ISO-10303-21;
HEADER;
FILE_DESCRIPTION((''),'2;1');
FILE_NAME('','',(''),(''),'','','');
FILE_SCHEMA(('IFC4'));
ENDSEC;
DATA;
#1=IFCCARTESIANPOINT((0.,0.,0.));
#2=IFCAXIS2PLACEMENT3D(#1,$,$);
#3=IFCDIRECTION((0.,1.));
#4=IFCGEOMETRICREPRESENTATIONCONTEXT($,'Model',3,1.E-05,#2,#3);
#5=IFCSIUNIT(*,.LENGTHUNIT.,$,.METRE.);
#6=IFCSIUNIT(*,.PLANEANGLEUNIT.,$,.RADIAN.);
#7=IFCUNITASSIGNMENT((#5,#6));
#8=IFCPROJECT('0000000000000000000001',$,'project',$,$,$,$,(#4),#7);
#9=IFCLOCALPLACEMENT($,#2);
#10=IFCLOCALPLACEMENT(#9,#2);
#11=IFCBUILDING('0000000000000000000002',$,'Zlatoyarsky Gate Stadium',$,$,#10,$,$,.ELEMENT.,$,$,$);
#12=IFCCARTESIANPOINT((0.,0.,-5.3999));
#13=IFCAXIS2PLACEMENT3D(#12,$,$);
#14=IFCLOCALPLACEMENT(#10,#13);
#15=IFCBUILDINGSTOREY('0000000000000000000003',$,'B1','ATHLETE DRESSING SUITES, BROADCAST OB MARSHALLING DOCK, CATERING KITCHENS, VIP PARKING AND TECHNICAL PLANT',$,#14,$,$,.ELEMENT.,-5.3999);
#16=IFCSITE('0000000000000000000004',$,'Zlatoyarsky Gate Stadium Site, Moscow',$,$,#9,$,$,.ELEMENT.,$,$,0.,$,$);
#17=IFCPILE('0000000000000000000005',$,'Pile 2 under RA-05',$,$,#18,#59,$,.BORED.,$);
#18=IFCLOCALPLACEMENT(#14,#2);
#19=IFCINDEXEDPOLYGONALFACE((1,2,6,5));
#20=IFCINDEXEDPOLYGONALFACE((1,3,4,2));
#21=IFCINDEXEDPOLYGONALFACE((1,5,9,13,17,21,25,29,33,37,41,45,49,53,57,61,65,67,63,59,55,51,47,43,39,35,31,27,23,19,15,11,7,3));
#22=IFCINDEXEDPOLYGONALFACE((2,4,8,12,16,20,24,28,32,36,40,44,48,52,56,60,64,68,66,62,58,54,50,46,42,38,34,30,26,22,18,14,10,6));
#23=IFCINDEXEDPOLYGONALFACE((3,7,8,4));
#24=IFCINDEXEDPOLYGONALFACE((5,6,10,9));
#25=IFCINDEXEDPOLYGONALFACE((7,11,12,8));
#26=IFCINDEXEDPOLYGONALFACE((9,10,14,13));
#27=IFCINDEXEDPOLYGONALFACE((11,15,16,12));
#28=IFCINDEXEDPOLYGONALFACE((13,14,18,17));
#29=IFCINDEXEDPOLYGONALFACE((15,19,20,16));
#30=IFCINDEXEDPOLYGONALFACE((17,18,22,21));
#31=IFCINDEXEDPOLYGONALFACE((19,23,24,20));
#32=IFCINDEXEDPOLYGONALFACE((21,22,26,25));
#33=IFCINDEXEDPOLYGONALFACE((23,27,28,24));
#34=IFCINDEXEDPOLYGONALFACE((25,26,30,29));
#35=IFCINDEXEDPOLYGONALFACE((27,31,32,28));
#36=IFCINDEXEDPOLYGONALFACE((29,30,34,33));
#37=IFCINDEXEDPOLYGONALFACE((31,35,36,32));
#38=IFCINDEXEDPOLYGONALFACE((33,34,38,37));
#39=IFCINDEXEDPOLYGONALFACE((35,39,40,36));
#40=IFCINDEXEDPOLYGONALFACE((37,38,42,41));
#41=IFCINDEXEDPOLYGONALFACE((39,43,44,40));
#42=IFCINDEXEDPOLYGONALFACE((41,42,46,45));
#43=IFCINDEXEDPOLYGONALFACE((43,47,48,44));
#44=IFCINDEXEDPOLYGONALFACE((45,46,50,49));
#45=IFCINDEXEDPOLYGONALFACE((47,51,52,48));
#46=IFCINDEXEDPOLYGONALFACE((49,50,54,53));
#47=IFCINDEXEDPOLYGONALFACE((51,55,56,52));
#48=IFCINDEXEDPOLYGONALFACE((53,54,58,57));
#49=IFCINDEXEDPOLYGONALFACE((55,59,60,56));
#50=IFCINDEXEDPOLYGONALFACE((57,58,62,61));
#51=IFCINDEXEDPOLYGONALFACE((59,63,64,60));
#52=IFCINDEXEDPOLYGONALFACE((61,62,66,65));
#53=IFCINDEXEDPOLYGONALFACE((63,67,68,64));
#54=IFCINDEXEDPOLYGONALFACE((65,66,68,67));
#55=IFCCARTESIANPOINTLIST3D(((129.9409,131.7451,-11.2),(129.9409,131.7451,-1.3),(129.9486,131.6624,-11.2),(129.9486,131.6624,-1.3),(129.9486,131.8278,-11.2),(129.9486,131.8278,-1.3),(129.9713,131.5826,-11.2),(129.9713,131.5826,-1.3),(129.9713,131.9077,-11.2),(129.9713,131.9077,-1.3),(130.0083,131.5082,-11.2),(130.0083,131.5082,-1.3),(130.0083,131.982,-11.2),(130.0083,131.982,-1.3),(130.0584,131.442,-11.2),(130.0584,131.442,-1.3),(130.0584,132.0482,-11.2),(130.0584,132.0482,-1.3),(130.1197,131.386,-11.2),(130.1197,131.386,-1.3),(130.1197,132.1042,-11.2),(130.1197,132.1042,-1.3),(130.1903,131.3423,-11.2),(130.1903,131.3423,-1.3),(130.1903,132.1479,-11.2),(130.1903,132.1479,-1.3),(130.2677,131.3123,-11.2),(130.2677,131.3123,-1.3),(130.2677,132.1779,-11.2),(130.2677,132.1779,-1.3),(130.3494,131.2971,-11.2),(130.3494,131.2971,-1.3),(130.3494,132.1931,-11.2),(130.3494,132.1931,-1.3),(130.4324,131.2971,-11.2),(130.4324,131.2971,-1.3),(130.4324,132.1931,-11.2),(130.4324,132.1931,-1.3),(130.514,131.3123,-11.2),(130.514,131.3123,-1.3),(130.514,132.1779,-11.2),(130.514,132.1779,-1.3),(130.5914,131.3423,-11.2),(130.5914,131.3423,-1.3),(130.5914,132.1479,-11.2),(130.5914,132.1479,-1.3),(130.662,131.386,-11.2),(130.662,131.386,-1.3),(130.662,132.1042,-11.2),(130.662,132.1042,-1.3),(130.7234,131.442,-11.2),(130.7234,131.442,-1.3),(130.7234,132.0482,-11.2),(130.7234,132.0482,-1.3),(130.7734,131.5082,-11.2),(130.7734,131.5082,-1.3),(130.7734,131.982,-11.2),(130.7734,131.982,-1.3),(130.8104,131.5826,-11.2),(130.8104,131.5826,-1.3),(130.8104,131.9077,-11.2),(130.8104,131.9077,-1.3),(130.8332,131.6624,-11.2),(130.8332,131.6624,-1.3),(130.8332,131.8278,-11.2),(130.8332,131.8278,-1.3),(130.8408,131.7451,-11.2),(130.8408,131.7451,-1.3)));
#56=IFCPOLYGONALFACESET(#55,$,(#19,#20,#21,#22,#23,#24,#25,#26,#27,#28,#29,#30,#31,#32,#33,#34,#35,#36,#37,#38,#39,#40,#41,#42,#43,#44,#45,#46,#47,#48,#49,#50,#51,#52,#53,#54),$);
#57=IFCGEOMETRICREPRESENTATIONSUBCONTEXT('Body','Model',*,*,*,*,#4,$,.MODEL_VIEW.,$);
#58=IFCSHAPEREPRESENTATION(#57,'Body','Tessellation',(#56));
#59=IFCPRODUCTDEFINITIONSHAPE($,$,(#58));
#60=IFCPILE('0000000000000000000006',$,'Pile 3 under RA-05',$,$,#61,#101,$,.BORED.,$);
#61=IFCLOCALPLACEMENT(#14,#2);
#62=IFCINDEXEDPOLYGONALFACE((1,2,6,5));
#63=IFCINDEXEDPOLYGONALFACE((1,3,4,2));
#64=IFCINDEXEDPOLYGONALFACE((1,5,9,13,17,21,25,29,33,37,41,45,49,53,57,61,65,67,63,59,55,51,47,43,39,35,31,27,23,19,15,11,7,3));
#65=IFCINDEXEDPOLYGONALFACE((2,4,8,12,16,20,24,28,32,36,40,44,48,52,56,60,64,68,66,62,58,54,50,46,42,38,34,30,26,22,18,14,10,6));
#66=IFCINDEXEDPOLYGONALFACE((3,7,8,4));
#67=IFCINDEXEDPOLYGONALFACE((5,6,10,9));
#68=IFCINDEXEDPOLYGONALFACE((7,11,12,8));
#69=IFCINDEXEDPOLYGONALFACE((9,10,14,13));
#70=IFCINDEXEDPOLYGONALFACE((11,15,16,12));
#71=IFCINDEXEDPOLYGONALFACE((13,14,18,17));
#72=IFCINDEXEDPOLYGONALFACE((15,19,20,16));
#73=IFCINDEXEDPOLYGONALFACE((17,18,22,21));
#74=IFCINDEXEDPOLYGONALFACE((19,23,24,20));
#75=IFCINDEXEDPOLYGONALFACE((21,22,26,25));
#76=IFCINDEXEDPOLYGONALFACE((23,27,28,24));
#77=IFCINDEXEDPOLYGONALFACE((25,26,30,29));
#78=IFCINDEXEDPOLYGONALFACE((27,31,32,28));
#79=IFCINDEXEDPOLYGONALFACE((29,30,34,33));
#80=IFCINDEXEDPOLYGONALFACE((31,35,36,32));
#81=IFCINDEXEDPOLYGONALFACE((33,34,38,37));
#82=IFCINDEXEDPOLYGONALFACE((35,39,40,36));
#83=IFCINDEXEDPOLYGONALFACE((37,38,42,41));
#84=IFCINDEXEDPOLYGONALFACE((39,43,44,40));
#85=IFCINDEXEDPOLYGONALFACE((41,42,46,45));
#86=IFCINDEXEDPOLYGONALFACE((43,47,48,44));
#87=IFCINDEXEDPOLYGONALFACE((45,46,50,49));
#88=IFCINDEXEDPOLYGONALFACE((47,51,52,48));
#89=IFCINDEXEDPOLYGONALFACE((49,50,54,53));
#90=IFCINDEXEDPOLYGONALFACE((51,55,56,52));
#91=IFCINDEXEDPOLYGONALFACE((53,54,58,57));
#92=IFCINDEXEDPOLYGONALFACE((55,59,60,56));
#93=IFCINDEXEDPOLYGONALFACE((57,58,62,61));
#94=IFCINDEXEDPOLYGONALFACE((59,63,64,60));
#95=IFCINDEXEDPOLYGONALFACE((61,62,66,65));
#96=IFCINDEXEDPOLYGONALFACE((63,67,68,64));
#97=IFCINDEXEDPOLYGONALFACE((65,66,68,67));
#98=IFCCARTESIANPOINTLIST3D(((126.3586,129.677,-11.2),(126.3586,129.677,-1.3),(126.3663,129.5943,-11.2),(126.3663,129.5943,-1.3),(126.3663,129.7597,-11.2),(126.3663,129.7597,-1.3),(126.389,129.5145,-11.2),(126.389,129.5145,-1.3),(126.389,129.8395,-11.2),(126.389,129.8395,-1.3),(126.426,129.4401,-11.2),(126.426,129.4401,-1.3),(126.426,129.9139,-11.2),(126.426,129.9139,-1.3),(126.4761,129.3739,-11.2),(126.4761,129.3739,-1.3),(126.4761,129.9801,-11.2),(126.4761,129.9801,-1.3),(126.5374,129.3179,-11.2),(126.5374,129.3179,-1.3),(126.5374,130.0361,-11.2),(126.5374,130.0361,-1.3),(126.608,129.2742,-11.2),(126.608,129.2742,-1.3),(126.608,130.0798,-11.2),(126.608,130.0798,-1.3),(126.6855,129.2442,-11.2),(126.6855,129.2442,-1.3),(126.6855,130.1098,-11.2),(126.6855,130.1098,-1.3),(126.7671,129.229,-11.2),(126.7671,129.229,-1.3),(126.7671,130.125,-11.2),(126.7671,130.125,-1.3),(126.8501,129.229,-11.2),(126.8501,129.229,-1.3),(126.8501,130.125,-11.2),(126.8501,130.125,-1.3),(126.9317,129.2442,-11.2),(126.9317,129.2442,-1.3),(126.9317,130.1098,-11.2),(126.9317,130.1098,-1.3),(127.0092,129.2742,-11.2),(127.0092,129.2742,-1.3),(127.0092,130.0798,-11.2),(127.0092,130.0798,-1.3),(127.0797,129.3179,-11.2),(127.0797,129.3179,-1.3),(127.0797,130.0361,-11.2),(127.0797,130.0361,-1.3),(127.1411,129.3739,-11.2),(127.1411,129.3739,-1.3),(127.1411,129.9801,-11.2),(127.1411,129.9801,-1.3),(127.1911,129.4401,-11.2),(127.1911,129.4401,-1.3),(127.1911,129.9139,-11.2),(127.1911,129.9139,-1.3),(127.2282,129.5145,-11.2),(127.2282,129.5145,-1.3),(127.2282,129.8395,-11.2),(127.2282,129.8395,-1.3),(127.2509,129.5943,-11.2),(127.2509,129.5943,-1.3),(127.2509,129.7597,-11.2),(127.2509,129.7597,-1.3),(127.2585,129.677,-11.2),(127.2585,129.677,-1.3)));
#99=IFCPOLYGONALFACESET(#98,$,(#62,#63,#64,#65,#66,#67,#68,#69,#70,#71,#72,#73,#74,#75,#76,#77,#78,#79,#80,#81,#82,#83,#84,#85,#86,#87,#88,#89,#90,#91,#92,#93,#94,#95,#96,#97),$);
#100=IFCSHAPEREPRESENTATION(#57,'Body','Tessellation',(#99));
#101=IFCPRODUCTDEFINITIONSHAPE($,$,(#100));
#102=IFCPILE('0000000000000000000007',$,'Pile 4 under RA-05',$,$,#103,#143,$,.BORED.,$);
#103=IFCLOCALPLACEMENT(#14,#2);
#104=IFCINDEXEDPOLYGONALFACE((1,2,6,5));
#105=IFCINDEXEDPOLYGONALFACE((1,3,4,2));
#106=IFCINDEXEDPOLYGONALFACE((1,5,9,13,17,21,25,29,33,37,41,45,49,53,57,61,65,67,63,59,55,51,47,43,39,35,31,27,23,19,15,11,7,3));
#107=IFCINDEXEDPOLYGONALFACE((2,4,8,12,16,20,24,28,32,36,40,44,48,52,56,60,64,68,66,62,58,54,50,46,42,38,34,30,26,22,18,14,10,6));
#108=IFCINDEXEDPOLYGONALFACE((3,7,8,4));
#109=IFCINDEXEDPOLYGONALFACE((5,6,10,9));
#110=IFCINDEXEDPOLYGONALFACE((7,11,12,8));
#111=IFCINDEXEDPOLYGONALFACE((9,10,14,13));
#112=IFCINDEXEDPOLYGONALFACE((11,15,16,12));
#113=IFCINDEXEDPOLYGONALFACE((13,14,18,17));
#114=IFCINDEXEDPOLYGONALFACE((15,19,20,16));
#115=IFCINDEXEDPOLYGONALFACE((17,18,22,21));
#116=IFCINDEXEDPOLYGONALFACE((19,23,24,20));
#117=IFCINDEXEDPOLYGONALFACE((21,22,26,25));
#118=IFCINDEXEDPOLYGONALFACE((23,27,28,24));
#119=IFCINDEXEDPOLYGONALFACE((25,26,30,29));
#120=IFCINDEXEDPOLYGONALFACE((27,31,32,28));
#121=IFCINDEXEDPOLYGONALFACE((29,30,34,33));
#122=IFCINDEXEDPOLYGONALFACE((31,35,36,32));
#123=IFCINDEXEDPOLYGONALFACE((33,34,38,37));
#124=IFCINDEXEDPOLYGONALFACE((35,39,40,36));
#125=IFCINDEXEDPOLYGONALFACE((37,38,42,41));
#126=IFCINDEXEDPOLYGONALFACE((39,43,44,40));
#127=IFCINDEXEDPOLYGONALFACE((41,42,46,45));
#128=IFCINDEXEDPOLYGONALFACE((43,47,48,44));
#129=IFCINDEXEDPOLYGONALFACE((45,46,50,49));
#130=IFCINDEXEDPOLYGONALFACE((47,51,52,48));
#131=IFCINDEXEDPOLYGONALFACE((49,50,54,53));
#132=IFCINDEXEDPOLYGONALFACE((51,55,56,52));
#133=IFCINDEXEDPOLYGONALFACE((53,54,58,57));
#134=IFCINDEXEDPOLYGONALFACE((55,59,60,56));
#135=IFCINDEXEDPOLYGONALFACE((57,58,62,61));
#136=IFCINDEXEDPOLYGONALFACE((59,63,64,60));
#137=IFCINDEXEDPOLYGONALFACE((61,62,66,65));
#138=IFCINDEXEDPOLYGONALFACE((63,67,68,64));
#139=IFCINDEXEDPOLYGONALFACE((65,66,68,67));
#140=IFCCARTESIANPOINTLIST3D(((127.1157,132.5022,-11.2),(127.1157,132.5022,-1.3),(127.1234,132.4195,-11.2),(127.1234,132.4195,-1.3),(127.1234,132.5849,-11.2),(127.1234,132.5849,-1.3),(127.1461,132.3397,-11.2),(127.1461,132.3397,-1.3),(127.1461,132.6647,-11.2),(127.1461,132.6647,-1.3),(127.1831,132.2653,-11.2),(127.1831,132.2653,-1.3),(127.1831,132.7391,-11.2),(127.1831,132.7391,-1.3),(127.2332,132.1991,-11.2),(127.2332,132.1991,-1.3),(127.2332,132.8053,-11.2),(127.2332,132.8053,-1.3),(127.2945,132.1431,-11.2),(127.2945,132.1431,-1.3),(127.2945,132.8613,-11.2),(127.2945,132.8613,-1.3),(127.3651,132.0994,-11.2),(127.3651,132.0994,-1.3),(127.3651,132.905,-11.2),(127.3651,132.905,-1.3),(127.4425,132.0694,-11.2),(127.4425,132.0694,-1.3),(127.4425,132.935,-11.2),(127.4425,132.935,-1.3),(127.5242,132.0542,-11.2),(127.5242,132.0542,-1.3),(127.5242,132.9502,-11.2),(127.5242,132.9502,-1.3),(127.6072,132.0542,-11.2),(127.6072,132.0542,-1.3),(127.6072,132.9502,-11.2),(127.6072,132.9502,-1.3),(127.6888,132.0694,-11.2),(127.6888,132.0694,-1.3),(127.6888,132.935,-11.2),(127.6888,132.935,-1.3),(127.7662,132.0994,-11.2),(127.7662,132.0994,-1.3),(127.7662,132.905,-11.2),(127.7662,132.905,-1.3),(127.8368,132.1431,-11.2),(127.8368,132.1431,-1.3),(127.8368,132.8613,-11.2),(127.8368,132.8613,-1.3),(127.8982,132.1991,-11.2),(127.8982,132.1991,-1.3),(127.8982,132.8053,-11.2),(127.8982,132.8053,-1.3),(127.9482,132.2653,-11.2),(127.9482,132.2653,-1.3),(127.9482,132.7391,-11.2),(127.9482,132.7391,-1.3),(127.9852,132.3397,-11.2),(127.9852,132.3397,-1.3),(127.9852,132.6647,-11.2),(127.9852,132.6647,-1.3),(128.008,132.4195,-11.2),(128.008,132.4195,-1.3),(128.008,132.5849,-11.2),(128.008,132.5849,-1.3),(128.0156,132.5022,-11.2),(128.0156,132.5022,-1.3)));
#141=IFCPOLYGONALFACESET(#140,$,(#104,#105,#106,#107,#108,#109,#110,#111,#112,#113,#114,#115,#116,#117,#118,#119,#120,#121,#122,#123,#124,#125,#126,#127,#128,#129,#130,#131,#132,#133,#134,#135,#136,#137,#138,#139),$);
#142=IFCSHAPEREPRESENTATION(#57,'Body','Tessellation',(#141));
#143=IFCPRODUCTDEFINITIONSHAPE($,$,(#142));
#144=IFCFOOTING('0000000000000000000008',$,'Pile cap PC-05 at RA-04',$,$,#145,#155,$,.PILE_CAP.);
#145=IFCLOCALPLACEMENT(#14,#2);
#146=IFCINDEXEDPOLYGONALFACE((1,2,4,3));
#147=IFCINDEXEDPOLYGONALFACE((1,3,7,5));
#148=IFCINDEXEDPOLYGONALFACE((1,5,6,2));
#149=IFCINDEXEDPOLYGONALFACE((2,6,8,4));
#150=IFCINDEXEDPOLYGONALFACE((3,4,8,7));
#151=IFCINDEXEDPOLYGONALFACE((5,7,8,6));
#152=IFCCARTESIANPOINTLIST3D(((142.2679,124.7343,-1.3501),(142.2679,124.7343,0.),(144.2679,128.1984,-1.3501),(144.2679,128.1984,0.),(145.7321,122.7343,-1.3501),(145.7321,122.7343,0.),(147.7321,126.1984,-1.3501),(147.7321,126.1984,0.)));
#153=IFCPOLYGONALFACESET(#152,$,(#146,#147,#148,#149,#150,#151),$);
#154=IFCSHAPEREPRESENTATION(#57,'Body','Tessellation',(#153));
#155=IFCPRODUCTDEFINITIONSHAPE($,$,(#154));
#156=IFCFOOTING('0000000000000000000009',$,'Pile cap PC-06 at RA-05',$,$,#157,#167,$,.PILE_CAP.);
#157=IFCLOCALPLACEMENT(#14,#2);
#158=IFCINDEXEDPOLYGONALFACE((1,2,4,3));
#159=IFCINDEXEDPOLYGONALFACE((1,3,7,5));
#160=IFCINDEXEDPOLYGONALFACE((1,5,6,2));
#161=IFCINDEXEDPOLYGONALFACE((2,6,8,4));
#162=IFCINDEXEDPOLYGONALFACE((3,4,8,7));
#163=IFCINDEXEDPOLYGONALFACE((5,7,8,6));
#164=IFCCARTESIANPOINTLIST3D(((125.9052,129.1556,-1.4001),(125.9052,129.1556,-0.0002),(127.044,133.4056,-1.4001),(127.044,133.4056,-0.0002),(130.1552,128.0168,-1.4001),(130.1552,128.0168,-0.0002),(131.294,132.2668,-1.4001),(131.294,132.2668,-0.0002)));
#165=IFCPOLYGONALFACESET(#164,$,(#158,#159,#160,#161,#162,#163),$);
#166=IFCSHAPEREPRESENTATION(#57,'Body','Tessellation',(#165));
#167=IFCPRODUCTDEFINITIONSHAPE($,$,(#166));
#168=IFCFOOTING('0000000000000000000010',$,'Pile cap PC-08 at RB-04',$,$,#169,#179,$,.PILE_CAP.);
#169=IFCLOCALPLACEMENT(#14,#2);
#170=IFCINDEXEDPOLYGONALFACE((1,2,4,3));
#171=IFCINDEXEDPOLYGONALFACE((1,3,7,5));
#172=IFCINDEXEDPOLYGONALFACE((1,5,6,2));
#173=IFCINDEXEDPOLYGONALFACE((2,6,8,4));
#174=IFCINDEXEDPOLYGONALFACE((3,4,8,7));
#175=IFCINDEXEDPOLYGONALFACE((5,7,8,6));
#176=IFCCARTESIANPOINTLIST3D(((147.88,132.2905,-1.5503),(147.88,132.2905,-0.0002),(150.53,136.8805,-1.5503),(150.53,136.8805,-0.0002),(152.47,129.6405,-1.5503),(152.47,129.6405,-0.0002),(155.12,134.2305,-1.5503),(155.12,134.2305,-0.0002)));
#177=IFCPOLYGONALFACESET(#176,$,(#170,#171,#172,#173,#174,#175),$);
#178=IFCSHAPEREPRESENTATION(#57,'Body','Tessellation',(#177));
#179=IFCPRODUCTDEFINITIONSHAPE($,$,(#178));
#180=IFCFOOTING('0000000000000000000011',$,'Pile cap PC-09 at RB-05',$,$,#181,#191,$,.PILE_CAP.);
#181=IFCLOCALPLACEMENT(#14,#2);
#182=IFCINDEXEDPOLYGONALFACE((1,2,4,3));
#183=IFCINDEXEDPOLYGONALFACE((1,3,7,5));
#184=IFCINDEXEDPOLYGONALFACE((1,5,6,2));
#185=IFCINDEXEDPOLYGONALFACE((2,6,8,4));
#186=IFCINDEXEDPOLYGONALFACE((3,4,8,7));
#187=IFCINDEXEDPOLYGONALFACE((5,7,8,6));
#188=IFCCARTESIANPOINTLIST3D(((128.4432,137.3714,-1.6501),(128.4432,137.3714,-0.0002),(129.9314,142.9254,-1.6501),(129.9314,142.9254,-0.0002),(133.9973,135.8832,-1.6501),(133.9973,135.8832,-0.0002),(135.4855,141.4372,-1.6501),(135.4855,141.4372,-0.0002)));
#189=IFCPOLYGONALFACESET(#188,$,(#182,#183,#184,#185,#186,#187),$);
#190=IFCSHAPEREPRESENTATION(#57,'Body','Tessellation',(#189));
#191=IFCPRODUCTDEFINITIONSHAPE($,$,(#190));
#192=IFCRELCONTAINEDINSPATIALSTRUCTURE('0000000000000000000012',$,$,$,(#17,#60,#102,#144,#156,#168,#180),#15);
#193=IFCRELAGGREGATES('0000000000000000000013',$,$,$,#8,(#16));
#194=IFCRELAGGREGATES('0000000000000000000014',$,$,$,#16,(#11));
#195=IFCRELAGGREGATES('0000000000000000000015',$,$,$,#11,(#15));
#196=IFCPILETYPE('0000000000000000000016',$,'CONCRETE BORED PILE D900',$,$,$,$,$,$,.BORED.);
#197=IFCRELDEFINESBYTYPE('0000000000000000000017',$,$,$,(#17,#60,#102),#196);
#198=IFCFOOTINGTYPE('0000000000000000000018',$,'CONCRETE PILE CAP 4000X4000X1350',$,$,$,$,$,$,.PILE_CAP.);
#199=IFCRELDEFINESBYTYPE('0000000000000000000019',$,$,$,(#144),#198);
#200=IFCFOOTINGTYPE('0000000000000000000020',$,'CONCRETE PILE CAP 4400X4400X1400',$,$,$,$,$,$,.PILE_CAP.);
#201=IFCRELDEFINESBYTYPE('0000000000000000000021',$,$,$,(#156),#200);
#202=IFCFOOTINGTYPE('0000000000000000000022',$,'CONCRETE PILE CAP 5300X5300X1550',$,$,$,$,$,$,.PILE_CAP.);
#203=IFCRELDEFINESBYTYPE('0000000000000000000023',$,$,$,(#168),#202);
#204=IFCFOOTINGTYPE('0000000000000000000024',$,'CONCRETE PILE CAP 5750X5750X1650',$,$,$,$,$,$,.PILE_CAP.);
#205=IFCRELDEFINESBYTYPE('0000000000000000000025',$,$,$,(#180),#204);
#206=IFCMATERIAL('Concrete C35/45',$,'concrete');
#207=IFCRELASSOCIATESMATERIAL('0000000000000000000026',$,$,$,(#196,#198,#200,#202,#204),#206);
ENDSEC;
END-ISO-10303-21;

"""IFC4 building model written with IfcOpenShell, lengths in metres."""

from ifc_helpers import new_model, si_unit, direction, frame, origin, origin_2d, place, context, subcontext, project, spatial, rectangle, circle, extrude, material, material_profile, profile_set, type_object, element, save


model = new_model("IFC4")

# Units and contexts
model_context = context("Model", 3, precision=1e-05, world=origin(), true_north=direction((0.0, 1.0)))
body_context = subcontext(model_context, "Body", "Model", "MODEL_VIEW")
ifc_project = project(units=[si_unit("LENGTHUNIT", "METRE"), si_unit("PLANEANGLEUNIT", "RADIAN")], contexts=[model_context])

# Site, building, storey
site_placement = place(None, origin())
site = spatial("IfcSite", under=ifc_project, at=site_placement, Name="Zlatoyarsky Gate Stadium Site, Moscow", CompositionType="ELEMENT", RefElevation=0.0)
building_placement = place(site_placement, origin())
building = spatial("IfcBuilding", under=site, at=building_placement, Name="Zlatoyarsky Gate Stadium", CompositionType="ELEMENT")
storey_placement = place(building_placement, frame((0.0, 0.0, -5.3999)))
storey = spatial("IfcBuildingStorey", under=building, at=storey_placement, Name="B1", Description="ATHLETE DRESSING SUITES, BROADCAST OB MARSHALLING DOCK, CATERING KITCHENS, VIP PARKING AND TECHNICAL PLANT", CompositionType="ELEMENT", Elevation=-5.3999)

# Piles
ifc_material_1 = material(Name="Concrete C35/45", Category="concrete")
ifc_material_profile_1 = material_profile(ifc_material_1, circle(Radius=0.45, at=origin_2d()), Name="BORED PILE D900")
ifc_profile_set_1 = profile_set([ifc_material_profile_1], Name="Concrete C35/45")
pile_type_1 = type_object("IfcPileType", Name="CONCRETE BORED PILE D900", PredefinedType="BORED", material=ifc_profile_set_1)
for number, where, z_axis, x_axis, name in (
    (1, (130.3909, 131.7451, -1.3), (0.0, 0.0, -1.0), (1.0, 0.0, 0.0), "Pile 2 under RA-05"),
    (2, (126.8086, 129.677, -1.3), (0.0, 0.0, -1.0), (1.0, 0.0, 0.0), "Pile 3 under RA-05"),
    (3, (127.5657, 132.5022, -1.3), (0.0, 0.0, -1.0), (1.0, 0.0, 0.0), "Pile 4 under RA-05"),
):
    element("IfcPile", number, at=place(storey_placement, frame(where, z_axis=z_axis, x_axis=x_axis)), inside=storey, type_object=pile_type_1, Name=name, PredefinedType="BORED", context=body_context, shape_type="SweptSolid", body=[
        extrude(circle(Radius=0.45, at=origin_2d()), origin(), (0.0, 0.0, 1.0), 9.8999),
    ])

# Footings
footing_type_1 = type_object("IfcFootingType", Name="CONCRETE PILE CAP 4000X4000X1350", PredefinedType="PILE_CAP", material=ifc_material_1)
footing_1_placement = place(storey_placement, frame((145.0, 125.4663, -1.3501), z_axis=(0.0, 0.0, 1.0), x_axis=(0.5, 0.866025, 0.0)))
element("IfcFooting", 4, at=footing_1_placement, inside=storey, type_object=footing_type_1, Name="Pile cap PC-05 at RA-04", PredefinedType="PILE_CAP", context=body_context, shape_type="SweptSolid", body=[
    extrude(rectangle(XDim=4.0, YDim=4.0, at=origin_2d()), origin(), (0.0, 0.0, 1.0), 1.3501),
])
footing_type_2 = type_object("IfcFootingType", Name="CONCRETE PILE CAP 4400X4400X1400", PredefinedType="PILE_CAP", material=ifc_material_1)
footing_2_placement = place(storey_placement, frame((128.5996, 130.7112, -1.4001), z_axis=(0.0, 0.0, 1.0), x_axis=(0.258819, 0.965926, 0.0)))
element("IfcFooting", 5, at=footing_2_placement, inside=storey, type_object=footing_type_2, Name="Pile cap PC-06 at RA-05", PredefinedType="PILE_CAP", context=body_context, shape_type="SweptSolid", body=[
    extrude(rectangle(XDim=4.3999, YDim=4.3999, at=origin_2d()), origin(), (0.0, 0.0, 1.0), 1.3999),
])
footing_type_3 = type_object("IfcFootingType", Name="CONCRETE PILE CAP 5300X5300X1550", PredefinedType="PILE_CAP", material=ifc_material_1)
footing_3_placement = place(storey_placement, frame((151.5, 133.2605, -1.5503), z_axis=(0.0, 0.0, 1.0), x_axis=(0.5, 0.866025, 0.0)))
element("IfcFooting", 6, at=footing_3_placement, inside=storey, type_object=footing_type_3, Name="Pile cap PC-08 at RB-04", PredefinedType="PILE_CAP", context=body_context, shape_type="SweptSolid", body=[
    extrude(rectangle(XDim=5.3, YDim=5.3, at=origin_2d()), origin(), (0.0, 0.0, 1.0), 1.55),
])
footing_type_4 = type_object("IfcFootingType", Name="CONCRETE PILE CAP 5750X5750X1650", PredefinedType="PILE_CAP", material=ifc_material_1)
footing_4_placement = place(storey_placement, frame((131.9644, 139.4043, -1.6501), z_axis=(0.0, 0.0, 1.0), x_axis=(0.258819, 0.965926, 0.0)))
element("IfcFooting", 7, at=footing_4_placement, inside=storey, type_object=footing_type_4, Name="Pile cap PC-09 at RB-05", PredefinedType="PILE_CAP", context=body_context, shape_type="SweptSolid", body=[
    extrude(rectangle(XDim=5.75, YDim=5.75, at=origin_2d()), origin(), (0.0, 0.0, 1.0), 1.6499),
])

save(model, "model.ifc")
